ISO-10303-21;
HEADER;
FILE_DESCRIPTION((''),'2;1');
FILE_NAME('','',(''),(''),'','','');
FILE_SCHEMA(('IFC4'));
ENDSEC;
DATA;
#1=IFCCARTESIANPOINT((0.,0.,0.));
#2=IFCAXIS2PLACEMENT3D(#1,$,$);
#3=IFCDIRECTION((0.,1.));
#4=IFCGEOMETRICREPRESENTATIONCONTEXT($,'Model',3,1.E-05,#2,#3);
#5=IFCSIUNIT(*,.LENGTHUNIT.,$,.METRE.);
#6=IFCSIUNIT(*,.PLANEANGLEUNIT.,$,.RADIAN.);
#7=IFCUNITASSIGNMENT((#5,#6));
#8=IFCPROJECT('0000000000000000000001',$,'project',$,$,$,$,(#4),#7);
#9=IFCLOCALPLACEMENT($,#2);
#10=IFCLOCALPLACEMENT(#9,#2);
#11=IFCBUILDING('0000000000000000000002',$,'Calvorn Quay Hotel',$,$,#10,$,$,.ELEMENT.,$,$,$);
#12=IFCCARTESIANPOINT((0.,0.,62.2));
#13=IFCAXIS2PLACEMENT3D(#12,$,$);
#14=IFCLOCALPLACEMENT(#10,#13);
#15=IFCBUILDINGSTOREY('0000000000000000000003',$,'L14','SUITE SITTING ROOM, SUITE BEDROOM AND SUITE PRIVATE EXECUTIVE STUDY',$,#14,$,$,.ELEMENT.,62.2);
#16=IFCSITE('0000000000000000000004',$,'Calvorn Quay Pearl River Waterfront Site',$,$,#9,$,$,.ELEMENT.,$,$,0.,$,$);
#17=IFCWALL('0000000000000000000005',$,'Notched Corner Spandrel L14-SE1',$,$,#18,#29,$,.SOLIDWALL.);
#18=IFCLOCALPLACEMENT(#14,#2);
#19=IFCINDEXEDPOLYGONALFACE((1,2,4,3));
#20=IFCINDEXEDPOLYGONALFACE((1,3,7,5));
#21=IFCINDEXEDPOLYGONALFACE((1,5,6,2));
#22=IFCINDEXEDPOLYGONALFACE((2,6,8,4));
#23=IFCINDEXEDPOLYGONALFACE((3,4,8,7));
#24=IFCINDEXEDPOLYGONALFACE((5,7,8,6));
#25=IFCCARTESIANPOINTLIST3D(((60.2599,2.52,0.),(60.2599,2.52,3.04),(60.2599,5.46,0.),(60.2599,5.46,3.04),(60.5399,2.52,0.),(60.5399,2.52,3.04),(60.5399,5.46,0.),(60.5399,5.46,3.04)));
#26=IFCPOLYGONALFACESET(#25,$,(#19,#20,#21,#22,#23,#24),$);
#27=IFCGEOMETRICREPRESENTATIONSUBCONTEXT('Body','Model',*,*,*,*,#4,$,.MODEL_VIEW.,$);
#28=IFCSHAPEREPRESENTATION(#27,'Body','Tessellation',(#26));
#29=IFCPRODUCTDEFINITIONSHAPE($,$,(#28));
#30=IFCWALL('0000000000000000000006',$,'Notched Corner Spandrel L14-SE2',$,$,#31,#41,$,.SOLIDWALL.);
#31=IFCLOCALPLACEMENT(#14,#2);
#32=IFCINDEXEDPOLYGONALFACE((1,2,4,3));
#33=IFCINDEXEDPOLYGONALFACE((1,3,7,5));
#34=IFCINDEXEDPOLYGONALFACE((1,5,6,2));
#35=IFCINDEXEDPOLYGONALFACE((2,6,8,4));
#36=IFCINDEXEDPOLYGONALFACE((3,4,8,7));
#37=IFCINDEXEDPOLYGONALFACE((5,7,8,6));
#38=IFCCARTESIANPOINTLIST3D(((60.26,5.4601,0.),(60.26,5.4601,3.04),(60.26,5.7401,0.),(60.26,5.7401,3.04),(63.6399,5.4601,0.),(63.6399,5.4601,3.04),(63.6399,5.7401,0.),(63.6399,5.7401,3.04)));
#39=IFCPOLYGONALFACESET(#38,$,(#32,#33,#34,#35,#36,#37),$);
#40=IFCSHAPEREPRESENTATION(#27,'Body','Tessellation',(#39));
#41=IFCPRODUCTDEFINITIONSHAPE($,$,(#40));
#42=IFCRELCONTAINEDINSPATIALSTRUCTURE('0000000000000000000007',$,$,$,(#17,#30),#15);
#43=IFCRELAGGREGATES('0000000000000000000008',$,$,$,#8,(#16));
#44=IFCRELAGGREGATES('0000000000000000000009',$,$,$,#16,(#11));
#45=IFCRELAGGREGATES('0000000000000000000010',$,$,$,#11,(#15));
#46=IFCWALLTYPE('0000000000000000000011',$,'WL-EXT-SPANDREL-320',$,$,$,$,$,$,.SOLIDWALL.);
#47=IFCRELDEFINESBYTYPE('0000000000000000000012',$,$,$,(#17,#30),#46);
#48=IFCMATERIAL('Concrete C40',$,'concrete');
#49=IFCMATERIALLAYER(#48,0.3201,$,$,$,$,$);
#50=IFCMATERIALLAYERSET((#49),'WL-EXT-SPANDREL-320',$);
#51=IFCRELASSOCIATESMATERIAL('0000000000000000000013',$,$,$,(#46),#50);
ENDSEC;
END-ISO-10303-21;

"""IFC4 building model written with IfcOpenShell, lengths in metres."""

from ifc_helpers import new_model, si_unit, direction, frame, frame_2d, origin, place, context, subcontext, project, spatial, rectangle, extrude, material, layer, layer_set, type_object, element, save


model = new_model("IFC4")

# Units and contexts
model_context = context("Model", 3, precision=1e-05, world=origin(), true_north=direction((0.0, 1.0)))
body_context = subcontext(model_context, "Body", "Model", "MODEL_VIEW")
ifc_project = project(units=[si_unit("LENGTHUNIT", "METRE"), si_unit("PLANEANGLEUNIT", "RADIAN")], contexts=[model_context])

# Site, building, storey
site_placement = place(None, origin())
site = spatial("IfcSite", under=ifc_project, at=site_placement, Name="Calvorn Quay Pearl River Waterfront Site", CompositionType="ELEMENT", RefElevation=0.0)
building_placement = place(site_placement, origin())
building = spatial("IfcBuilding", under=site, at=building_placement, Name="Calvorn Quay Hotel", CompositionType="ELEMENT")
storey_placement = place(building_placement, frame((0.0, 0.0, 62.2)))
storey = spatial("IfcBuildingStorey", under=building, at=storey_placement, Name="L14", Description="SUITE SITTING ROOM, SUITE BEDROOM AND SUITE PRIVATE EXECUTIVE STUDY", CompositionType="ELEMENT", Elevation=62.2)

# Walls
ifc_material_1 = material(Name="Concrete C40", Category="concrete")
ifc_layer_1 = layer(ifc_material_1, 0.3201)
ifc_layer_set_1 = layer_set([ifc_layer_1], Name="WL-EXT-SPANDREL-320")
wall_type = type_object("IfcWallType", Name="WL-EXT-SPANDREL-320", PredefinedType="SOLIDWALL", material=ifc_layer_set_1)
wall_1_placement = place(storey_placement, frame((60.3999, 2.52, 0.0), z_axis=(0.0, 0.0, 1.0), x_axis=(0.0, 1.0, 0.0)))
element("IfcWall", 1, at=wall_1_placement, inside=storey, type_object=wall_type, Name="Notched Corner Spandrel L14-SE1", PredefinedType="SOLIDWALL", context=body_context, shape_type="SweptSolid", body=[
    extrude(rectangle(XDim=2.9399, YDim=0.28, at=frame_2d((1.47, 0.0))), origin(), (0.0, 0.0, 1.0), 3.04),
])
wall_2_placement = place(storey_placement, frame((60.26, 5.6001, 0.0), z_axis=(0.0, 0.0, 1.0), x_axis=(1.0, 0.0, 0.0)))
element("IfcWall", 2, at=wall_2_placement, inside=storey, type_object=wall_type, Name="Notched Corner Spandrel L14-SE2", PredefinedType="SOLIDWALL", context=body_context, shape_type="SweptSolid", body=[
    extrude(rectangle(XDim=3.3799, YDim=0.28, at=frame_2d((1.6899, 0.0))), origin(), (0.0, 0.0, 1.0), 3.04),
])

save(model, "model.ifc")
